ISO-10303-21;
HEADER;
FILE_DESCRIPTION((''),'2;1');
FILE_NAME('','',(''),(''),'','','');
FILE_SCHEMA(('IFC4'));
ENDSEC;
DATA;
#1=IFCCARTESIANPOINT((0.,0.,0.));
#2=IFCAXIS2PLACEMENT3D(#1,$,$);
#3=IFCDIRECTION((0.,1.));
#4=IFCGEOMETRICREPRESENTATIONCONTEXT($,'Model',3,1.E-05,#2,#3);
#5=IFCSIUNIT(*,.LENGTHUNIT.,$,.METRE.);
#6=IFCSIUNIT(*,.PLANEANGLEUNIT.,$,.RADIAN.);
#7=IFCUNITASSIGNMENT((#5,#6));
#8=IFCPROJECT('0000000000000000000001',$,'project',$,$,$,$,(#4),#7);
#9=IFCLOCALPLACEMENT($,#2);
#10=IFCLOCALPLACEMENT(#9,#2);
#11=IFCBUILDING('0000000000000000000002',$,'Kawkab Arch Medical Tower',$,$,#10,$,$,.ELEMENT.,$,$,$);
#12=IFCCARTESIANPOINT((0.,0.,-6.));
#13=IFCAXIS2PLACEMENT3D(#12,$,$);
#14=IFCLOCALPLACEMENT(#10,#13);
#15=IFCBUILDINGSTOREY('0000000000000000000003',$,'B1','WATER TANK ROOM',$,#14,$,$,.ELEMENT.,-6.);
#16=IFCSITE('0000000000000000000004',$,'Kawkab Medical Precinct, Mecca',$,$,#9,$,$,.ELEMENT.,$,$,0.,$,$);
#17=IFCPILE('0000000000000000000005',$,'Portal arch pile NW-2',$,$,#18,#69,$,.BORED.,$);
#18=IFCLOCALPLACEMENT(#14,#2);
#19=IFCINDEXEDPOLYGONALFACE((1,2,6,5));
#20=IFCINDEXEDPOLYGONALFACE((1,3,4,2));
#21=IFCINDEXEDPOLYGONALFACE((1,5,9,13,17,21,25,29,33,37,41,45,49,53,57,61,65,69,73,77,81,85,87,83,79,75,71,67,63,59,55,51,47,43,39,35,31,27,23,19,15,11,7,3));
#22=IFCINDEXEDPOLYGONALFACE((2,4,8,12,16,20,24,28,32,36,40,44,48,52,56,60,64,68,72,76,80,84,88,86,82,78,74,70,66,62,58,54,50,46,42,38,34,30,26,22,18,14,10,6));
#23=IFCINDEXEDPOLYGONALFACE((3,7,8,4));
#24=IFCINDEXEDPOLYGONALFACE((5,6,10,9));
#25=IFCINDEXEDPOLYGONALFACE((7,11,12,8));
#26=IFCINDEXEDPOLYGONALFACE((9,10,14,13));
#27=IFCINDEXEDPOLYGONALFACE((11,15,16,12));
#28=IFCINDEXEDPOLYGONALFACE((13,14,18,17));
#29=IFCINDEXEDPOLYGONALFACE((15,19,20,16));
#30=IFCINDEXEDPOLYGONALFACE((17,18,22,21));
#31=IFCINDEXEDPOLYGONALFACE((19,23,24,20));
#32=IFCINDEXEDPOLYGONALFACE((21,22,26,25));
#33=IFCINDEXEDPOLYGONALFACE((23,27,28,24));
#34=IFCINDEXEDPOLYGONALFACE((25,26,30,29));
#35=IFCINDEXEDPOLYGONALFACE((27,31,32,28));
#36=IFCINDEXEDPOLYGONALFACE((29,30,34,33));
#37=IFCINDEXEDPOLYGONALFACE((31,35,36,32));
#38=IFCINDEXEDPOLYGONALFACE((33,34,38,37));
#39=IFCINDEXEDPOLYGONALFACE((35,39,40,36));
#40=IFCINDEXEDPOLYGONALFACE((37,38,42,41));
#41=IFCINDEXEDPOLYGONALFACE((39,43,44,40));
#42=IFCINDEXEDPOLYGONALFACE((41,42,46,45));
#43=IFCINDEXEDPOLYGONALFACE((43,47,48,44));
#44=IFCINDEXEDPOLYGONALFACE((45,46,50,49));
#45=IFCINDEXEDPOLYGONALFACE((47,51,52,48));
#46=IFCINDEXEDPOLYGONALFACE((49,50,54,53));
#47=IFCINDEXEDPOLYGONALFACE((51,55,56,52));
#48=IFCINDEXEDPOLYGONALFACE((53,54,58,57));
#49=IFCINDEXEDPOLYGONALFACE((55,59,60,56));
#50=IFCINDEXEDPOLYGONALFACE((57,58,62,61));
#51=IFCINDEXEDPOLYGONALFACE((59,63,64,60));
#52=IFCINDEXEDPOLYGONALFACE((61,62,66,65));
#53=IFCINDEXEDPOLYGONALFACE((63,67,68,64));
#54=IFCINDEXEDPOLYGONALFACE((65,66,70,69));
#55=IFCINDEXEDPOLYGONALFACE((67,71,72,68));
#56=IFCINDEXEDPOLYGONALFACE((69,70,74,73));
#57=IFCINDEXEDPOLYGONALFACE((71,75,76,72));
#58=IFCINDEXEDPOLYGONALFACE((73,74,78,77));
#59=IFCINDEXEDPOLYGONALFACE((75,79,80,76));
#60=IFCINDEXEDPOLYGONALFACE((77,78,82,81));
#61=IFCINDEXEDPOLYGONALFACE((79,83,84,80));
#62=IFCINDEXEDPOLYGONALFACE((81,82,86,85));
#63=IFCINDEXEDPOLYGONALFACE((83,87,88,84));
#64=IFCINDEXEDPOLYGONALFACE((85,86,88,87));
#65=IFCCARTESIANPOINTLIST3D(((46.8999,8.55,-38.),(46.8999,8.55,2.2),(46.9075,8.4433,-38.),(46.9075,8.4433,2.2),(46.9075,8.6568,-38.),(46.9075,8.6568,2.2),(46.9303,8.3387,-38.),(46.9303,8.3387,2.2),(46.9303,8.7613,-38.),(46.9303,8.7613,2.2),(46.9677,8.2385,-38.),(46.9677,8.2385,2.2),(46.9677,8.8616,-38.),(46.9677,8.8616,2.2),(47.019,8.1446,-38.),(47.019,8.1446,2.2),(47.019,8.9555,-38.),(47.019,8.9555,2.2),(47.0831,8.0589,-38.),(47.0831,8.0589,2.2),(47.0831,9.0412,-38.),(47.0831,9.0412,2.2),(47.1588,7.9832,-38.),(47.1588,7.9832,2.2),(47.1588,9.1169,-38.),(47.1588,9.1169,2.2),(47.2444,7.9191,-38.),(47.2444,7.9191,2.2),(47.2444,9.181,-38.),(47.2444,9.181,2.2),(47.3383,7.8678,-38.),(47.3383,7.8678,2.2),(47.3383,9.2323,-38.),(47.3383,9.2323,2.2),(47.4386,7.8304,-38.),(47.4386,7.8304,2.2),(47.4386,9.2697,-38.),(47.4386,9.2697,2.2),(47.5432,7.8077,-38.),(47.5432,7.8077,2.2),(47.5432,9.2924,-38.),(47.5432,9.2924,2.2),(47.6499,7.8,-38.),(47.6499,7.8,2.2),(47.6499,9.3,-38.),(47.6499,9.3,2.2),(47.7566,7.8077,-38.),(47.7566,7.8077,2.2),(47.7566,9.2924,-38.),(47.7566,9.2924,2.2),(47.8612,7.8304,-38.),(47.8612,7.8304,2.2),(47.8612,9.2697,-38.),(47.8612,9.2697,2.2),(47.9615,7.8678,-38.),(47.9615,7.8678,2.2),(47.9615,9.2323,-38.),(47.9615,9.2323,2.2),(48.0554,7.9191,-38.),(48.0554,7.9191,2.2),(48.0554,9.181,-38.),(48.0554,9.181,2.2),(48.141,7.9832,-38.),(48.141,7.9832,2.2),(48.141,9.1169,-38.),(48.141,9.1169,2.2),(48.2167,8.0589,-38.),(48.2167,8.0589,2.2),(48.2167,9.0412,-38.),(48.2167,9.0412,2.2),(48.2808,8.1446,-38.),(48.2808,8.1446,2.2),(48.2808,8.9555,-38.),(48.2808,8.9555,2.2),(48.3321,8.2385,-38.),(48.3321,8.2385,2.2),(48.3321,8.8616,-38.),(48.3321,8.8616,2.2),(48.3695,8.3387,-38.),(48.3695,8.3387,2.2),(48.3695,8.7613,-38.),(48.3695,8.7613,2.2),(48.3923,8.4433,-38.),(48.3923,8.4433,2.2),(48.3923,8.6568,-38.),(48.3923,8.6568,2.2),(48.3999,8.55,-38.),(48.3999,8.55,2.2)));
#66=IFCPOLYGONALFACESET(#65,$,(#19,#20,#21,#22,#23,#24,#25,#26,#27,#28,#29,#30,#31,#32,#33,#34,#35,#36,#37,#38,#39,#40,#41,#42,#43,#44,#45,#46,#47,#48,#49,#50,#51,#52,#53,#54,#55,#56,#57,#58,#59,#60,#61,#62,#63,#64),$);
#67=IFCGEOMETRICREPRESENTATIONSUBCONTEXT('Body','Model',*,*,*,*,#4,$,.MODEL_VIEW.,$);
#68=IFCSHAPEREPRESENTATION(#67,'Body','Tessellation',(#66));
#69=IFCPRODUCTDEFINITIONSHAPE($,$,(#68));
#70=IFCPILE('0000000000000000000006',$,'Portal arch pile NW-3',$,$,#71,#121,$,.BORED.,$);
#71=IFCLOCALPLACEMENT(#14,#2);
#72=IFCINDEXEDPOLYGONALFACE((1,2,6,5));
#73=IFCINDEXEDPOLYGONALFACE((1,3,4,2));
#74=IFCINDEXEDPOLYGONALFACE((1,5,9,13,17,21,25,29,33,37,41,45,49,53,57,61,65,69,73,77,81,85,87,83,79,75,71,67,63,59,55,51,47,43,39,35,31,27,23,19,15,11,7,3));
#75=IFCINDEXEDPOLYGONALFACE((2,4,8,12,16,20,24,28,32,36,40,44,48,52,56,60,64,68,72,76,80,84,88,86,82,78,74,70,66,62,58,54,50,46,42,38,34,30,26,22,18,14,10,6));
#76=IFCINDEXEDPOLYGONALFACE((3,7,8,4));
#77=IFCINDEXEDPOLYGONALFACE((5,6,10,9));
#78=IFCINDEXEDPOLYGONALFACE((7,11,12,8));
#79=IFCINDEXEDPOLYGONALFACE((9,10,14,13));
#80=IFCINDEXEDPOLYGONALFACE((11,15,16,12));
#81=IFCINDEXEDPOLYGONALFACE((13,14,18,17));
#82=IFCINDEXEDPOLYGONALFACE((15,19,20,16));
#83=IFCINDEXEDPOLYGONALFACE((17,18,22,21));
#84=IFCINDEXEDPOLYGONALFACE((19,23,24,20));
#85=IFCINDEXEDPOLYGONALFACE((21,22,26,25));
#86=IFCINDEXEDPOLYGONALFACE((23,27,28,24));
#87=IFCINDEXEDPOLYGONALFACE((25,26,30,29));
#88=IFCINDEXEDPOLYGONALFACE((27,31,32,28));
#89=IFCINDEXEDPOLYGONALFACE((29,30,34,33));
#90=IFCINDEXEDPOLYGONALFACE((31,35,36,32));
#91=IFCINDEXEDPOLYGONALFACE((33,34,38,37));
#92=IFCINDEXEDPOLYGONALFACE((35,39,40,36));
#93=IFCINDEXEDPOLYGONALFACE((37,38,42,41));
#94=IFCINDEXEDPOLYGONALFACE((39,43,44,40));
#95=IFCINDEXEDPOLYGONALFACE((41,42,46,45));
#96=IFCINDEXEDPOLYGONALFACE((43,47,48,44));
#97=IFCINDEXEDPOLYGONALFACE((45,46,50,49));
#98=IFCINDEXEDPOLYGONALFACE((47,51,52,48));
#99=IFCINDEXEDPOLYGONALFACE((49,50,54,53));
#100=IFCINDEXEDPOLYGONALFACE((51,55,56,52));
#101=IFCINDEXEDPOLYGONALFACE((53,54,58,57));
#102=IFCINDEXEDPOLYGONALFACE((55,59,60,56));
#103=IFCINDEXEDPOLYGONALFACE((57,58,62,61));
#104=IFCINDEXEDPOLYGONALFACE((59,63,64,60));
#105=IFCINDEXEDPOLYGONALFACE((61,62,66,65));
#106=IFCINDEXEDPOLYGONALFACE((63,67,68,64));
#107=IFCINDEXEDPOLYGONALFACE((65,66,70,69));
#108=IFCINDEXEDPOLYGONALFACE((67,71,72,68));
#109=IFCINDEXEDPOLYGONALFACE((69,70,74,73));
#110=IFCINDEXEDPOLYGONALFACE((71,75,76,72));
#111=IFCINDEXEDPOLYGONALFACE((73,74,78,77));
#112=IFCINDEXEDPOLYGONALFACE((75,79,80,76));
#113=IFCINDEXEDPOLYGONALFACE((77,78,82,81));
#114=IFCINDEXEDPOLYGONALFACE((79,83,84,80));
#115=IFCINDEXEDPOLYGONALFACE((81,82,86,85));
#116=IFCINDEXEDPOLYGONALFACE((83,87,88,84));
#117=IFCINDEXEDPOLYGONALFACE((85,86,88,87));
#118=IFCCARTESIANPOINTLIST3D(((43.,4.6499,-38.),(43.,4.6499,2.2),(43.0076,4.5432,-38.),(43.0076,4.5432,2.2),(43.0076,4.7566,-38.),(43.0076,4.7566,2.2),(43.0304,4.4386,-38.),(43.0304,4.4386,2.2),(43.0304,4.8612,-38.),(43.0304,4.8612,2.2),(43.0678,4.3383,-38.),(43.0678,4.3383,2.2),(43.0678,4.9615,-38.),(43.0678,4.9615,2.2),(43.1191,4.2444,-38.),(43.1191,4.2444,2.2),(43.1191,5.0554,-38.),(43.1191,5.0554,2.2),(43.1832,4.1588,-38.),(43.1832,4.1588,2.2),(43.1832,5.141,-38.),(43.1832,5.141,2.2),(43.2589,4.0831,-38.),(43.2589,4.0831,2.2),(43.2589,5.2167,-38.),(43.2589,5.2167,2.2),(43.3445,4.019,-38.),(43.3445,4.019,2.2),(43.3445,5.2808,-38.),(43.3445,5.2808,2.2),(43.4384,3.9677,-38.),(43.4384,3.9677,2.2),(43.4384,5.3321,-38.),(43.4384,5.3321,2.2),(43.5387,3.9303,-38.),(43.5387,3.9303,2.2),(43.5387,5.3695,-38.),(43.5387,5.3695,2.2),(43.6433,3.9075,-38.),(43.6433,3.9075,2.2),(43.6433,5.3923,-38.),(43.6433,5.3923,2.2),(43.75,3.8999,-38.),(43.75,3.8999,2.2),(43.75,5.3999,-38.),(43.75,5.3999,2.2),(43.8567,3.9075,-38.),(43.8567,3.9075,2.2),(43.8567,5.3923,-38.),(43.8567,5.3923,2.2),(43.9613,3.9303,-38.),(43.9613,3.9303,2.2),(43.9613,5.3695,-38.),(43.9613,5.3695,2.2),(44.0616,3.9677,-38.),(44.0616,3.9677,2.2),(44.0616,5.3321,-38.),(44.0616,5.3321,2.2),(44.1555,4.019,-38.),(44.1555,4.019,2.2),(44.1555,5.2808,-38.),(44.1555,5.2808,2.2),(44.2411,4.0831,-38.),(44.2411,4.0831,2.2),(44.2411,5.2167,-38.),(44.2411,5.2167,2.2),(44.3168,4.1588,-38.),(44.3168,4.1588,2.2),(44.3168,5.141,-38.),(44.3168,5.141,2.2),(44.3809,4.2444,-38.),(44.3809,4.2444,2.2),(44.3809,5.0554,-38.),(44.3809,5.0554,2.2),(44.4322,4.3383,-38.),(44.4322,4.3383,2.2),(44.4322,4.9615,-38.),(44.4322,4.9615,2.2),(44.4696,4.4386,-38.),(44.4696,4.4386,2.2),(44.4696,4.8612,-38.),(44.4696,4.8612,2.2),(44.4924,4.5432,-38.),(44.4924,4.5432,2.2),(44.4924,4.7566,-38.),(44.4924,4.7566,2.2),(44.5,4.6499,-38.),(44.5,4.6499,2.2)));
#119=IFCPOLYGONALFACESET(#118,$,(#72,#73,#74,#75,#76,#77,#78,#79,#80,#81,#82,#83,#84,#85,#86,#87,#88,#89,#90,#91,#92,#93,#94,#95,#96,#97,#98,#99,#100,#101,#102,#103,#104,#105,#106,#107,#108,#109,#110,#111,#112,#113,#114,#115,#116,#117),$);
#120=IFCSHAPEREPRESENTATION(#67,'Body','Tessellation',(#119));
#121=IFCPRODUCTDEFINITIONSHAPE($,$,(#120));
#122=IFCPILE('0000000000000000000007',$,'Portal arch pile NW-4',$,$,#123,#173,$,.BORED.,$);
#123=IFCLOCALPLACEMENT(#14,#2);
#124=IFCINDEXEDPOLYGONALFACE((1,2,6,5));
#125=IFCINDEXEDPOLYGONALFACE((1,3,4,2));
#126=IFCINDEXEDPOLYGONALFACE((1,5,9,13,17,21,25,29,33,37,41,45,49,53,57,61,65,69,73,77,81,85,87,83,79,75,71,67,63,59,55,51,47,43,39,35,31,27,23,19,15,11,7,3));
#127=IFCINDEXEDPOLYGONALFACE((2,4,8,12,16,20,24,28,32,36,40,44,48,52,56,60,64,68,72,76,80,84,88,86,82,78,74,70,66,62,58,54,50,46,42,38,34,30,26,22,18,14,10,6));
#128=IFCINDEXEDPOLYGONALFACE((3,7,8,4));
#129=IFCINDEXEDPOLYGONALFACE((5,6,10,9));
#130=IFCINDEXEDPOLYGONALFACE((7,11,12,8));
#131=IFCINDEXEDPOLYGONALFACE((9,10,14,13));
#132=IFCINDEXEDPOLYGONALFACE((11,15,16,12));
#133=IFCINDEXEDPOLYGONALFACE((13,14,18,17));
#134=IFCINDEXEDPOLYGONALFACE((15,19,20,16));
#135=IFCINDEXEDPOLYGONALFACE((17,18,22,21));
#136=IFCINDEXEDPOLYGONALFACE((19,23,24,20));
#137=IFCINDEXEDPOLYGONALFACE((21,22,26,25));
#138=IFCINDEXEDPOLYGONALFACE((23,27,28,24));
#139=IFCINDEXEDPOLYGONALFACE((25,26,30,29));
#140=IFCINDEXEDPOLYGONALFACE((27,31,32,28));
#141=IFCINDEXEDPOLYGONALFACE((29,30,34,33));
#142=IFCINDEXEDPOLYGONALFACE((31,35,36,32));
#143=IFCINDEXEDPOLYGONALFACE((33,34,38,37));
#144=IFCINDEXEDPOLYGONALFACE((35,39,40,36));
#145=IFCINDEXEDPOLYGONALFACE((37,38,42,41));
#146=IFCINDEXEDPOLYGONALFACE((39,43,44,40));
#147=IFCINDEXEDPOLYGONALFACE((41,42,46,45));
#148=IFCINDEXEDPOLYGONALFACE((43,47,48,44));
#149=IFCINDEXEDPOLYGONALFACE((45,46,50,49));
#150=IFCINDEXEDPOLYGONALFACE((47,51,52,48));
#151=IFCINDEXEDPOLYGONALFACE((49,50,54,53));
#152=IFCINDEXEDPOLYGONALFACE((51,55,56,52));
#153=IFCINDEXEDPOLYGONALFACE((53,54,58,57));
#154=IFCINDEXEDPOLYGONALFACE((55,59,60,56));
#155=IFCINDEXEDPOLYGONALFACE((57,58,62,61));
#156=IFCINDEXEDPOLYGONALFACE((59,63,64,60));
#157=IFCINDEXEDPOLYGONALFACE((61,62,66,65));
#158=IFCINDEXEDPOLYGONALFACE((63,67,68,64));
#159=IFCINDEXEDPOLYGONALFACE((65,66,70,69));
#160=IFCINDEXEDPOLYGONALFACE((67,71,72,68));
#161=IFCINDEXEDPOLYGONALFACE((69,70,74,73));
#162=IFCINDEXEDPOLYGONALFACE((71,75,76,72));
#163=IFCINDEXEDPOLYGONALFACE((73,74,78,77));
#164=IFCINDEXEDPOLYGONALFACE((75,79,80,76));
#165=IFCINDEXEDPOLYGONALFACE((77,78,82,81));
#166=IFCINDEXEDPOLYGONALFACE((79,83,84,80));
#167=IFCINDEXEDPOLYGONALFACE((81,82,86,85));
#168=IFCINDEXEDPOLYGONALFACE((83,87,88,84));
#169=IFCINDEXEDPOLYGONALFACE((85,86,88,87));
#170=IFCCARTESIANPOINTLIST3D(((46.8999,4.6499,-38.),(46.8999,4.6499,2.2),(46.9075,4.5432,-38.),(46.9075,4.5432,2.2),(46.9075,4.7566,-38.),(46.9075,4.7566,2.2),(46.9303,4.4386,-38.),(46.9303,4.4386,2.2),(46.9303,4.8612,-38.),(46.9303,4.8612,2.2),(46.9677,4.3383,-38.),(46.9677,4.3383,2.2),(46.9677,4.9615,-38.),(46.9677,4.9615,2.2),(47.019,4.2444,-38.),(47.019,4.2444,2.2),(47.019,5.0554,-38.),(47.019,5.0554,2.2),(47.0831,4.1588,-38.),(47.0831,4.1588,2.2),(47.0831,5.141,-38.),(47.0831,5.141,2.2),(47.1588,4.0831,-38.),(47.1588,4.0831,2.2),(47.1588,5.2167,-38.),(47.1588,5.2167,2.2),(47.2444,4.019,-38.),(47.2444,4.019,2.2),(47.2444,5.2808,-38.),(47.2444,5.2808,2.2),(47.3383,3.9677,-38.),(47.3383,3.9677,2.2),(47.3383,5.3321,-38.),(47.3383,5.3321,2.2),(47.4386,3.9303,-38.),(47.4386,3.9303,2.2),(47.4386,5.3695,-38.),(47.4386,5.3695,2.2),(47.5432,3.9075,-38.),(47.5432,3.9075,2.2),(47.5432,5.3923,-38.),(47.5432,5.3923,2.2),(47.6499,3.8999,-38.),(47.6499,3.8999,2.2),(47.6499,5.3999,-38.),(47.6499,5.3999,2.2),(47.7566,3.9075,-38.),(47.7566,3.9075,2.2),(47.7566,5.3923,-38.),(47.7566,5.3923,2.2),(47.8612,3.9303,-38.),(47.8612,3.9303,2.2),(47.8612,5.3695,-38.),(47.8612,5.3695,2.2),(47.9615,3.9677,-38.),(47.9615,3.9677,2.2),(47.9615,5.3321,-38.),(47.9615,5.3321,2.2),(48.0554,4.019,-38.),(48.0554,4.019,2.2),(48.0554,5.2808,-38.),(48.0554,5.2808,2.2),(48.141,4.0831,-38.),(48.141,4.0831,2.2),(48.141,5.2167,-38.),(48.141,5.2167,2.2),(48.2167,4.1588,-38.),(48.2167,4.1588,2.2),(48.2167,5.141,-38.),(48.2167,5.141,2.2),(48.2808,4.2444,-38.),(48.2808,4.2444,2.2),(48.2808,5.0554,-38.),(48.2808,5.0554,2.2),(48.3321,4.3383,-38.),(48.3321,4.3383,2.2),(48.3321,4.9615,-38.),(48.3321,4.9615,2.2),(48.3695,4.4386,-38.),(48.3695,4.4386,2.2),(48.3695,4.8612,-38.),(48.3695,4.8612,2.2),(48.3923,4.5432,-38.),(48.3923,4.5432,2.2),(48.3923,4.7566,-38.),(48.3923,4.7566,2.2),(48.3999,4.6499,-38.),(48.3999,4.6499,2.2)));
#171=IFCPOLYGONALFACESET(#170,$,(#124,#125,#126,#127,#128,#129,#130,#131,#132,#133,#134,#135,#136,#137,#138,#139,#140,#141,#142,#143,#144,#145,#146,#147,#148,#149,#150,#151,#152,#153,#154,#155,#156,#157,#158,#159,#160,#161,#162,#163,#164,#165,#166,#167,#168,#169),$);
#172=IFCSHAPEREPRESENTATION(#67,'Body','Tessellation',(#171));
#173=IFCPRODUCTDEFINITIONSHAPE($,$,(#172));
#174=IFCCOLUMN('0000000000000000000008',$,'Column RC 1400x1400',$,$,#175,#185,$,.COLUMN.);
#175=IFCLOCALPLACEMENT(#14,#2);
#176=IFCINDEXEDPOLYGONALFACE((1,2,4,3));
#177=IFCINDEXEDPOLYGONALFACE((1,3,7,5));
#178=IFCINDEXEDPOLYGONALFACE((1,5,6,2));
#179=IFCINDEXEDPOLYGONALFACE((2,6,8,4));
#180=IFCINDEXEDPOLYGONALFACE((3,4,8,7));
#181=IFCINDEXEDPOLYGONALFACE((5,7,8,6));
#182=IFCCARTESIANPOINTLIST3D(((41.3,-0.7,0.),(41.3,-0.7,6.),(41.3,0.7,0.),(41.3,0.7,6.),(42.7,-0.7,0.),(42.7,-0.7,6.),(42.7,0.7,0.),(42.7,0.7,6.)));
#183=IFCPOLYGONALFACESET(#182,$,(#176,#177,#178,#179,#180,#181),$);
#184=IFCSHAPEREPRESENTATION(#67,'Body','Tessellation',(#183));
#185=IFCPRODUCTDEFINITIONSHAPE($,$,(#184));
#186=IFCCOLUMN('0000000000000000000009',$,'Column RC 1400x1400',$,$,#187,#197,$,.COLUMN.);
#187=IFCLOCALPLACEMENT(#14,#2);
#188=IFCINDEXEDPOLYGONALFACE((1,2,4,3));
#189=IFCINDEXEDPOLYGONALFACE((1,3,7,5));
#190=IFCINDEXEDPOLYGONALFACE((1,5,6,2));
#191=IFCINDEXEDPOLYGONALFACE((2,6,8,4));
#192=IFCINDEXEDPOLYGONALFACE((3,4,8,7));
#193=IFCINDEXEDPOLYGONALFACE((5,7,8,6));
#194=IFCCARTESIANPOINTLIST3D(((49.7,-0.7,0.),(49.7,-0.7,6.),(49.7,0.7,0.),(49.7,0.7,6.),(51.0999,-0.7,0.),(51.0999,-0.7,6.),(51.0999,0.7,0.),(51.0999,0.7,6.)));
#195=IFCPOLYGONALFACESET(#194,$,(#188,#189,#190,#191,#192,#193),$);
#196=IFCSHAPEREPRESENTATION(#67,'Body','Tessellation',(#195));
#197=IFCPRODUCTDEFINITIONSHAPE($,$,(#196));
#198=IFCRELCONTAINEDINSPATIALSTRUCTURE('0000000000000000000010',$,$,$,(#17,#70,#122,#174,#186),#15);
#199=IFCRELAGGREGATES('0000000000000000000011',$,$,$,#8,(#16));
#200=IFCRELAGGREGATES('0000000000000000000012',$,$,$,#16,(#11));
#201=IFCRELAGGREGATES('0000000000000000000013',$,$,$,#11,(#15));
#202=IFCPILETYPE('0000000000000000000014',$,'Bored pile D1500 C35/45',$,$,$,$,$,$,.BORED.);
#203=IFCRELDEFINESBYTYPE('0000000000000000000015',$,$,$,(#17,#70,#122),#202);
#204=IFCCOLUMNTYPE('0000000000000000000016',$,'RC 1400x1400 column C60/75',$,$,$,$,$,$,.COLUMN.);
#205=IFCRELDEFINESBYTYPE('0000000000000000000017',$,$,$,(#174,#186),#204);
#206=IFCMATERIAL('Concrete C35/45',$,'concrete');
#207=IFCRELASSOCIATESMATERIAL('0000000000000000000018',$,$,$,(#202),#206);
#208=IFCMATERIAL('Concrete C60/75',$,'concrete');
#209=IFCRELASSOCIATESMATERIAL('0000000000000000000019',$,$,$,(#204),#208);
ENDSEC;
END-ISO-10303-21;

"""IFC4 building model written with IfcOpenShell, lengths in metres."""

from ifc_helpers import new_model, si_unit, direction, frame, origin, origin_2d, place, context, subcontext, project, spatial, rectangle, circle, extrude, material, material_profile, profile_set, type_object, element, save


model = new_model("IFC4")

# Units and contexts
model_context = context("Model", 3, precision=1e-05, world=origin(), true_north=direction((0.0, 1.0)))
body_context = subcontext(model_context, "Body", "Model", "MODEL_VIEW")
ifc_project = project(units=[si_unit("LENGTHUNIT", "METRE"), si_unit("PLANEANGLEUNIT", "RADIAN")], contexts=[model_context])

# Site, building, storey
site_placement = place(None, origin())
site = spatial("IfcSite", under=ifc_project, at=site_placement, Name="Kawkab Medical Precinct, Mecca", CompositionType="ELEMENT", RefElevation=0.0)
building_placement = place(site_placement, origin())
building = spatial("IfcBuilding", under=site, at=building_placement, Name="Kawkab Arch Medical Tower", CompositionType="ELEMENT")
storey_placement = place(building_placement, frame((0.0, 0.0, -6.0)))
storey = spatial("IfcBuildingStorey", under=building, at=storey_placement, Name="B1", Description="WATER TANK ROOM", CompositionType="ELEMENT", Elevation=-6.0)

# Piles
ifc_material_1 = material(Name="Concrete C35/45", Category="concrete")
ifc_material_profile_1 = material_profile(ifc_material_1, circle(Radius=0.75, at=origin_2d()), Name="Bored pile D1500")
ifc_profile_set_1 = profile_set([ifc_material_profile_1], Name="Concrete C35/45")
pile_type_1 = type_object("IfcPileType", Name="Bored pile D1500 C35/45", PredefinedType="BORED", material=ifc_profile_set_1)
for number, where, z_axis, x_axis, name in (
    (1, (47.6499, 8.55, 2.2), (0.0, 0.0, -1.0), (1.0, 0.0, 0.0), "Portal arch pile NW-2"),
    (2, (43.75, 4.6499, 2.2), (0.0, 0.0, -1.0), (1.0, 0.0, 0.0), "Portal arch pile NW-3"),
    (3, (47.6499, 4.6499, 2.2), (0.0, 0.0, -1.0), (1.0, 0.0, 0.0), "Portal arch pile NW-4"),
):
    element("IfcPile", number, at=place(storey_placement, frame(where, z_axis=z_axis, x_axis=x_axis)), inside=storey, type_object=pile_type_1, Name=name, PredefinedType="BORED", context=body_context, shape_type="SweptSolid", body=[
        extrude(circle(Radius=0.75, at=origin_2d()), origin(), (0.0, 0.0, 1.0), 40.2),
    ])

# Columns
ifc_material_2 = material(Name="Concrete C60/75", Category="concrete")
ifc_material_profile_2 = material_profile(ifc_material_2, rectangle(XDim=1.3999, YDim=1.3999, at=origin_2d()), Name="RC 1400x1400")
ifc_profile_set_2 = profile_set([ifc_material_profile_2], Name="Concrete C60/75")
column_type = type_object("IfcColumnType", Name="RC 1400x1400 column C60/75", PredefinedType="COLUMN", material=ifc_profile_set_2)
for number, where, z_axis, x_axis, name in (
    (4, (42.0, 0.0, 0.0), (0.0, 0.0, 1.0), (1.0, 0.0, 0.0), "Column RC 1400x1400"),
    (5, (50.3999, 0.0, 0.0), (0.0, 0.0, 1.0), (1.0, 0.0, 0.0), "Column RC 1400x1400"),
):
    element("IfcColumn", number, at=place(storey_placement, frame(where, z_axis=z_axis, x_axis=x_axis)), inside=storey, type_object=column_type, Name=name, PredefinedType="COLUMN", context=body_context, shape_type="SweptSolid", body=[
        extrude(rectangle(XDim=1.3999, YDim=1.3999, at=origin_2d()), origin(), (0.0, 0.0, 1.0), 6.0),
    ])

save(model, "model.ifc")
